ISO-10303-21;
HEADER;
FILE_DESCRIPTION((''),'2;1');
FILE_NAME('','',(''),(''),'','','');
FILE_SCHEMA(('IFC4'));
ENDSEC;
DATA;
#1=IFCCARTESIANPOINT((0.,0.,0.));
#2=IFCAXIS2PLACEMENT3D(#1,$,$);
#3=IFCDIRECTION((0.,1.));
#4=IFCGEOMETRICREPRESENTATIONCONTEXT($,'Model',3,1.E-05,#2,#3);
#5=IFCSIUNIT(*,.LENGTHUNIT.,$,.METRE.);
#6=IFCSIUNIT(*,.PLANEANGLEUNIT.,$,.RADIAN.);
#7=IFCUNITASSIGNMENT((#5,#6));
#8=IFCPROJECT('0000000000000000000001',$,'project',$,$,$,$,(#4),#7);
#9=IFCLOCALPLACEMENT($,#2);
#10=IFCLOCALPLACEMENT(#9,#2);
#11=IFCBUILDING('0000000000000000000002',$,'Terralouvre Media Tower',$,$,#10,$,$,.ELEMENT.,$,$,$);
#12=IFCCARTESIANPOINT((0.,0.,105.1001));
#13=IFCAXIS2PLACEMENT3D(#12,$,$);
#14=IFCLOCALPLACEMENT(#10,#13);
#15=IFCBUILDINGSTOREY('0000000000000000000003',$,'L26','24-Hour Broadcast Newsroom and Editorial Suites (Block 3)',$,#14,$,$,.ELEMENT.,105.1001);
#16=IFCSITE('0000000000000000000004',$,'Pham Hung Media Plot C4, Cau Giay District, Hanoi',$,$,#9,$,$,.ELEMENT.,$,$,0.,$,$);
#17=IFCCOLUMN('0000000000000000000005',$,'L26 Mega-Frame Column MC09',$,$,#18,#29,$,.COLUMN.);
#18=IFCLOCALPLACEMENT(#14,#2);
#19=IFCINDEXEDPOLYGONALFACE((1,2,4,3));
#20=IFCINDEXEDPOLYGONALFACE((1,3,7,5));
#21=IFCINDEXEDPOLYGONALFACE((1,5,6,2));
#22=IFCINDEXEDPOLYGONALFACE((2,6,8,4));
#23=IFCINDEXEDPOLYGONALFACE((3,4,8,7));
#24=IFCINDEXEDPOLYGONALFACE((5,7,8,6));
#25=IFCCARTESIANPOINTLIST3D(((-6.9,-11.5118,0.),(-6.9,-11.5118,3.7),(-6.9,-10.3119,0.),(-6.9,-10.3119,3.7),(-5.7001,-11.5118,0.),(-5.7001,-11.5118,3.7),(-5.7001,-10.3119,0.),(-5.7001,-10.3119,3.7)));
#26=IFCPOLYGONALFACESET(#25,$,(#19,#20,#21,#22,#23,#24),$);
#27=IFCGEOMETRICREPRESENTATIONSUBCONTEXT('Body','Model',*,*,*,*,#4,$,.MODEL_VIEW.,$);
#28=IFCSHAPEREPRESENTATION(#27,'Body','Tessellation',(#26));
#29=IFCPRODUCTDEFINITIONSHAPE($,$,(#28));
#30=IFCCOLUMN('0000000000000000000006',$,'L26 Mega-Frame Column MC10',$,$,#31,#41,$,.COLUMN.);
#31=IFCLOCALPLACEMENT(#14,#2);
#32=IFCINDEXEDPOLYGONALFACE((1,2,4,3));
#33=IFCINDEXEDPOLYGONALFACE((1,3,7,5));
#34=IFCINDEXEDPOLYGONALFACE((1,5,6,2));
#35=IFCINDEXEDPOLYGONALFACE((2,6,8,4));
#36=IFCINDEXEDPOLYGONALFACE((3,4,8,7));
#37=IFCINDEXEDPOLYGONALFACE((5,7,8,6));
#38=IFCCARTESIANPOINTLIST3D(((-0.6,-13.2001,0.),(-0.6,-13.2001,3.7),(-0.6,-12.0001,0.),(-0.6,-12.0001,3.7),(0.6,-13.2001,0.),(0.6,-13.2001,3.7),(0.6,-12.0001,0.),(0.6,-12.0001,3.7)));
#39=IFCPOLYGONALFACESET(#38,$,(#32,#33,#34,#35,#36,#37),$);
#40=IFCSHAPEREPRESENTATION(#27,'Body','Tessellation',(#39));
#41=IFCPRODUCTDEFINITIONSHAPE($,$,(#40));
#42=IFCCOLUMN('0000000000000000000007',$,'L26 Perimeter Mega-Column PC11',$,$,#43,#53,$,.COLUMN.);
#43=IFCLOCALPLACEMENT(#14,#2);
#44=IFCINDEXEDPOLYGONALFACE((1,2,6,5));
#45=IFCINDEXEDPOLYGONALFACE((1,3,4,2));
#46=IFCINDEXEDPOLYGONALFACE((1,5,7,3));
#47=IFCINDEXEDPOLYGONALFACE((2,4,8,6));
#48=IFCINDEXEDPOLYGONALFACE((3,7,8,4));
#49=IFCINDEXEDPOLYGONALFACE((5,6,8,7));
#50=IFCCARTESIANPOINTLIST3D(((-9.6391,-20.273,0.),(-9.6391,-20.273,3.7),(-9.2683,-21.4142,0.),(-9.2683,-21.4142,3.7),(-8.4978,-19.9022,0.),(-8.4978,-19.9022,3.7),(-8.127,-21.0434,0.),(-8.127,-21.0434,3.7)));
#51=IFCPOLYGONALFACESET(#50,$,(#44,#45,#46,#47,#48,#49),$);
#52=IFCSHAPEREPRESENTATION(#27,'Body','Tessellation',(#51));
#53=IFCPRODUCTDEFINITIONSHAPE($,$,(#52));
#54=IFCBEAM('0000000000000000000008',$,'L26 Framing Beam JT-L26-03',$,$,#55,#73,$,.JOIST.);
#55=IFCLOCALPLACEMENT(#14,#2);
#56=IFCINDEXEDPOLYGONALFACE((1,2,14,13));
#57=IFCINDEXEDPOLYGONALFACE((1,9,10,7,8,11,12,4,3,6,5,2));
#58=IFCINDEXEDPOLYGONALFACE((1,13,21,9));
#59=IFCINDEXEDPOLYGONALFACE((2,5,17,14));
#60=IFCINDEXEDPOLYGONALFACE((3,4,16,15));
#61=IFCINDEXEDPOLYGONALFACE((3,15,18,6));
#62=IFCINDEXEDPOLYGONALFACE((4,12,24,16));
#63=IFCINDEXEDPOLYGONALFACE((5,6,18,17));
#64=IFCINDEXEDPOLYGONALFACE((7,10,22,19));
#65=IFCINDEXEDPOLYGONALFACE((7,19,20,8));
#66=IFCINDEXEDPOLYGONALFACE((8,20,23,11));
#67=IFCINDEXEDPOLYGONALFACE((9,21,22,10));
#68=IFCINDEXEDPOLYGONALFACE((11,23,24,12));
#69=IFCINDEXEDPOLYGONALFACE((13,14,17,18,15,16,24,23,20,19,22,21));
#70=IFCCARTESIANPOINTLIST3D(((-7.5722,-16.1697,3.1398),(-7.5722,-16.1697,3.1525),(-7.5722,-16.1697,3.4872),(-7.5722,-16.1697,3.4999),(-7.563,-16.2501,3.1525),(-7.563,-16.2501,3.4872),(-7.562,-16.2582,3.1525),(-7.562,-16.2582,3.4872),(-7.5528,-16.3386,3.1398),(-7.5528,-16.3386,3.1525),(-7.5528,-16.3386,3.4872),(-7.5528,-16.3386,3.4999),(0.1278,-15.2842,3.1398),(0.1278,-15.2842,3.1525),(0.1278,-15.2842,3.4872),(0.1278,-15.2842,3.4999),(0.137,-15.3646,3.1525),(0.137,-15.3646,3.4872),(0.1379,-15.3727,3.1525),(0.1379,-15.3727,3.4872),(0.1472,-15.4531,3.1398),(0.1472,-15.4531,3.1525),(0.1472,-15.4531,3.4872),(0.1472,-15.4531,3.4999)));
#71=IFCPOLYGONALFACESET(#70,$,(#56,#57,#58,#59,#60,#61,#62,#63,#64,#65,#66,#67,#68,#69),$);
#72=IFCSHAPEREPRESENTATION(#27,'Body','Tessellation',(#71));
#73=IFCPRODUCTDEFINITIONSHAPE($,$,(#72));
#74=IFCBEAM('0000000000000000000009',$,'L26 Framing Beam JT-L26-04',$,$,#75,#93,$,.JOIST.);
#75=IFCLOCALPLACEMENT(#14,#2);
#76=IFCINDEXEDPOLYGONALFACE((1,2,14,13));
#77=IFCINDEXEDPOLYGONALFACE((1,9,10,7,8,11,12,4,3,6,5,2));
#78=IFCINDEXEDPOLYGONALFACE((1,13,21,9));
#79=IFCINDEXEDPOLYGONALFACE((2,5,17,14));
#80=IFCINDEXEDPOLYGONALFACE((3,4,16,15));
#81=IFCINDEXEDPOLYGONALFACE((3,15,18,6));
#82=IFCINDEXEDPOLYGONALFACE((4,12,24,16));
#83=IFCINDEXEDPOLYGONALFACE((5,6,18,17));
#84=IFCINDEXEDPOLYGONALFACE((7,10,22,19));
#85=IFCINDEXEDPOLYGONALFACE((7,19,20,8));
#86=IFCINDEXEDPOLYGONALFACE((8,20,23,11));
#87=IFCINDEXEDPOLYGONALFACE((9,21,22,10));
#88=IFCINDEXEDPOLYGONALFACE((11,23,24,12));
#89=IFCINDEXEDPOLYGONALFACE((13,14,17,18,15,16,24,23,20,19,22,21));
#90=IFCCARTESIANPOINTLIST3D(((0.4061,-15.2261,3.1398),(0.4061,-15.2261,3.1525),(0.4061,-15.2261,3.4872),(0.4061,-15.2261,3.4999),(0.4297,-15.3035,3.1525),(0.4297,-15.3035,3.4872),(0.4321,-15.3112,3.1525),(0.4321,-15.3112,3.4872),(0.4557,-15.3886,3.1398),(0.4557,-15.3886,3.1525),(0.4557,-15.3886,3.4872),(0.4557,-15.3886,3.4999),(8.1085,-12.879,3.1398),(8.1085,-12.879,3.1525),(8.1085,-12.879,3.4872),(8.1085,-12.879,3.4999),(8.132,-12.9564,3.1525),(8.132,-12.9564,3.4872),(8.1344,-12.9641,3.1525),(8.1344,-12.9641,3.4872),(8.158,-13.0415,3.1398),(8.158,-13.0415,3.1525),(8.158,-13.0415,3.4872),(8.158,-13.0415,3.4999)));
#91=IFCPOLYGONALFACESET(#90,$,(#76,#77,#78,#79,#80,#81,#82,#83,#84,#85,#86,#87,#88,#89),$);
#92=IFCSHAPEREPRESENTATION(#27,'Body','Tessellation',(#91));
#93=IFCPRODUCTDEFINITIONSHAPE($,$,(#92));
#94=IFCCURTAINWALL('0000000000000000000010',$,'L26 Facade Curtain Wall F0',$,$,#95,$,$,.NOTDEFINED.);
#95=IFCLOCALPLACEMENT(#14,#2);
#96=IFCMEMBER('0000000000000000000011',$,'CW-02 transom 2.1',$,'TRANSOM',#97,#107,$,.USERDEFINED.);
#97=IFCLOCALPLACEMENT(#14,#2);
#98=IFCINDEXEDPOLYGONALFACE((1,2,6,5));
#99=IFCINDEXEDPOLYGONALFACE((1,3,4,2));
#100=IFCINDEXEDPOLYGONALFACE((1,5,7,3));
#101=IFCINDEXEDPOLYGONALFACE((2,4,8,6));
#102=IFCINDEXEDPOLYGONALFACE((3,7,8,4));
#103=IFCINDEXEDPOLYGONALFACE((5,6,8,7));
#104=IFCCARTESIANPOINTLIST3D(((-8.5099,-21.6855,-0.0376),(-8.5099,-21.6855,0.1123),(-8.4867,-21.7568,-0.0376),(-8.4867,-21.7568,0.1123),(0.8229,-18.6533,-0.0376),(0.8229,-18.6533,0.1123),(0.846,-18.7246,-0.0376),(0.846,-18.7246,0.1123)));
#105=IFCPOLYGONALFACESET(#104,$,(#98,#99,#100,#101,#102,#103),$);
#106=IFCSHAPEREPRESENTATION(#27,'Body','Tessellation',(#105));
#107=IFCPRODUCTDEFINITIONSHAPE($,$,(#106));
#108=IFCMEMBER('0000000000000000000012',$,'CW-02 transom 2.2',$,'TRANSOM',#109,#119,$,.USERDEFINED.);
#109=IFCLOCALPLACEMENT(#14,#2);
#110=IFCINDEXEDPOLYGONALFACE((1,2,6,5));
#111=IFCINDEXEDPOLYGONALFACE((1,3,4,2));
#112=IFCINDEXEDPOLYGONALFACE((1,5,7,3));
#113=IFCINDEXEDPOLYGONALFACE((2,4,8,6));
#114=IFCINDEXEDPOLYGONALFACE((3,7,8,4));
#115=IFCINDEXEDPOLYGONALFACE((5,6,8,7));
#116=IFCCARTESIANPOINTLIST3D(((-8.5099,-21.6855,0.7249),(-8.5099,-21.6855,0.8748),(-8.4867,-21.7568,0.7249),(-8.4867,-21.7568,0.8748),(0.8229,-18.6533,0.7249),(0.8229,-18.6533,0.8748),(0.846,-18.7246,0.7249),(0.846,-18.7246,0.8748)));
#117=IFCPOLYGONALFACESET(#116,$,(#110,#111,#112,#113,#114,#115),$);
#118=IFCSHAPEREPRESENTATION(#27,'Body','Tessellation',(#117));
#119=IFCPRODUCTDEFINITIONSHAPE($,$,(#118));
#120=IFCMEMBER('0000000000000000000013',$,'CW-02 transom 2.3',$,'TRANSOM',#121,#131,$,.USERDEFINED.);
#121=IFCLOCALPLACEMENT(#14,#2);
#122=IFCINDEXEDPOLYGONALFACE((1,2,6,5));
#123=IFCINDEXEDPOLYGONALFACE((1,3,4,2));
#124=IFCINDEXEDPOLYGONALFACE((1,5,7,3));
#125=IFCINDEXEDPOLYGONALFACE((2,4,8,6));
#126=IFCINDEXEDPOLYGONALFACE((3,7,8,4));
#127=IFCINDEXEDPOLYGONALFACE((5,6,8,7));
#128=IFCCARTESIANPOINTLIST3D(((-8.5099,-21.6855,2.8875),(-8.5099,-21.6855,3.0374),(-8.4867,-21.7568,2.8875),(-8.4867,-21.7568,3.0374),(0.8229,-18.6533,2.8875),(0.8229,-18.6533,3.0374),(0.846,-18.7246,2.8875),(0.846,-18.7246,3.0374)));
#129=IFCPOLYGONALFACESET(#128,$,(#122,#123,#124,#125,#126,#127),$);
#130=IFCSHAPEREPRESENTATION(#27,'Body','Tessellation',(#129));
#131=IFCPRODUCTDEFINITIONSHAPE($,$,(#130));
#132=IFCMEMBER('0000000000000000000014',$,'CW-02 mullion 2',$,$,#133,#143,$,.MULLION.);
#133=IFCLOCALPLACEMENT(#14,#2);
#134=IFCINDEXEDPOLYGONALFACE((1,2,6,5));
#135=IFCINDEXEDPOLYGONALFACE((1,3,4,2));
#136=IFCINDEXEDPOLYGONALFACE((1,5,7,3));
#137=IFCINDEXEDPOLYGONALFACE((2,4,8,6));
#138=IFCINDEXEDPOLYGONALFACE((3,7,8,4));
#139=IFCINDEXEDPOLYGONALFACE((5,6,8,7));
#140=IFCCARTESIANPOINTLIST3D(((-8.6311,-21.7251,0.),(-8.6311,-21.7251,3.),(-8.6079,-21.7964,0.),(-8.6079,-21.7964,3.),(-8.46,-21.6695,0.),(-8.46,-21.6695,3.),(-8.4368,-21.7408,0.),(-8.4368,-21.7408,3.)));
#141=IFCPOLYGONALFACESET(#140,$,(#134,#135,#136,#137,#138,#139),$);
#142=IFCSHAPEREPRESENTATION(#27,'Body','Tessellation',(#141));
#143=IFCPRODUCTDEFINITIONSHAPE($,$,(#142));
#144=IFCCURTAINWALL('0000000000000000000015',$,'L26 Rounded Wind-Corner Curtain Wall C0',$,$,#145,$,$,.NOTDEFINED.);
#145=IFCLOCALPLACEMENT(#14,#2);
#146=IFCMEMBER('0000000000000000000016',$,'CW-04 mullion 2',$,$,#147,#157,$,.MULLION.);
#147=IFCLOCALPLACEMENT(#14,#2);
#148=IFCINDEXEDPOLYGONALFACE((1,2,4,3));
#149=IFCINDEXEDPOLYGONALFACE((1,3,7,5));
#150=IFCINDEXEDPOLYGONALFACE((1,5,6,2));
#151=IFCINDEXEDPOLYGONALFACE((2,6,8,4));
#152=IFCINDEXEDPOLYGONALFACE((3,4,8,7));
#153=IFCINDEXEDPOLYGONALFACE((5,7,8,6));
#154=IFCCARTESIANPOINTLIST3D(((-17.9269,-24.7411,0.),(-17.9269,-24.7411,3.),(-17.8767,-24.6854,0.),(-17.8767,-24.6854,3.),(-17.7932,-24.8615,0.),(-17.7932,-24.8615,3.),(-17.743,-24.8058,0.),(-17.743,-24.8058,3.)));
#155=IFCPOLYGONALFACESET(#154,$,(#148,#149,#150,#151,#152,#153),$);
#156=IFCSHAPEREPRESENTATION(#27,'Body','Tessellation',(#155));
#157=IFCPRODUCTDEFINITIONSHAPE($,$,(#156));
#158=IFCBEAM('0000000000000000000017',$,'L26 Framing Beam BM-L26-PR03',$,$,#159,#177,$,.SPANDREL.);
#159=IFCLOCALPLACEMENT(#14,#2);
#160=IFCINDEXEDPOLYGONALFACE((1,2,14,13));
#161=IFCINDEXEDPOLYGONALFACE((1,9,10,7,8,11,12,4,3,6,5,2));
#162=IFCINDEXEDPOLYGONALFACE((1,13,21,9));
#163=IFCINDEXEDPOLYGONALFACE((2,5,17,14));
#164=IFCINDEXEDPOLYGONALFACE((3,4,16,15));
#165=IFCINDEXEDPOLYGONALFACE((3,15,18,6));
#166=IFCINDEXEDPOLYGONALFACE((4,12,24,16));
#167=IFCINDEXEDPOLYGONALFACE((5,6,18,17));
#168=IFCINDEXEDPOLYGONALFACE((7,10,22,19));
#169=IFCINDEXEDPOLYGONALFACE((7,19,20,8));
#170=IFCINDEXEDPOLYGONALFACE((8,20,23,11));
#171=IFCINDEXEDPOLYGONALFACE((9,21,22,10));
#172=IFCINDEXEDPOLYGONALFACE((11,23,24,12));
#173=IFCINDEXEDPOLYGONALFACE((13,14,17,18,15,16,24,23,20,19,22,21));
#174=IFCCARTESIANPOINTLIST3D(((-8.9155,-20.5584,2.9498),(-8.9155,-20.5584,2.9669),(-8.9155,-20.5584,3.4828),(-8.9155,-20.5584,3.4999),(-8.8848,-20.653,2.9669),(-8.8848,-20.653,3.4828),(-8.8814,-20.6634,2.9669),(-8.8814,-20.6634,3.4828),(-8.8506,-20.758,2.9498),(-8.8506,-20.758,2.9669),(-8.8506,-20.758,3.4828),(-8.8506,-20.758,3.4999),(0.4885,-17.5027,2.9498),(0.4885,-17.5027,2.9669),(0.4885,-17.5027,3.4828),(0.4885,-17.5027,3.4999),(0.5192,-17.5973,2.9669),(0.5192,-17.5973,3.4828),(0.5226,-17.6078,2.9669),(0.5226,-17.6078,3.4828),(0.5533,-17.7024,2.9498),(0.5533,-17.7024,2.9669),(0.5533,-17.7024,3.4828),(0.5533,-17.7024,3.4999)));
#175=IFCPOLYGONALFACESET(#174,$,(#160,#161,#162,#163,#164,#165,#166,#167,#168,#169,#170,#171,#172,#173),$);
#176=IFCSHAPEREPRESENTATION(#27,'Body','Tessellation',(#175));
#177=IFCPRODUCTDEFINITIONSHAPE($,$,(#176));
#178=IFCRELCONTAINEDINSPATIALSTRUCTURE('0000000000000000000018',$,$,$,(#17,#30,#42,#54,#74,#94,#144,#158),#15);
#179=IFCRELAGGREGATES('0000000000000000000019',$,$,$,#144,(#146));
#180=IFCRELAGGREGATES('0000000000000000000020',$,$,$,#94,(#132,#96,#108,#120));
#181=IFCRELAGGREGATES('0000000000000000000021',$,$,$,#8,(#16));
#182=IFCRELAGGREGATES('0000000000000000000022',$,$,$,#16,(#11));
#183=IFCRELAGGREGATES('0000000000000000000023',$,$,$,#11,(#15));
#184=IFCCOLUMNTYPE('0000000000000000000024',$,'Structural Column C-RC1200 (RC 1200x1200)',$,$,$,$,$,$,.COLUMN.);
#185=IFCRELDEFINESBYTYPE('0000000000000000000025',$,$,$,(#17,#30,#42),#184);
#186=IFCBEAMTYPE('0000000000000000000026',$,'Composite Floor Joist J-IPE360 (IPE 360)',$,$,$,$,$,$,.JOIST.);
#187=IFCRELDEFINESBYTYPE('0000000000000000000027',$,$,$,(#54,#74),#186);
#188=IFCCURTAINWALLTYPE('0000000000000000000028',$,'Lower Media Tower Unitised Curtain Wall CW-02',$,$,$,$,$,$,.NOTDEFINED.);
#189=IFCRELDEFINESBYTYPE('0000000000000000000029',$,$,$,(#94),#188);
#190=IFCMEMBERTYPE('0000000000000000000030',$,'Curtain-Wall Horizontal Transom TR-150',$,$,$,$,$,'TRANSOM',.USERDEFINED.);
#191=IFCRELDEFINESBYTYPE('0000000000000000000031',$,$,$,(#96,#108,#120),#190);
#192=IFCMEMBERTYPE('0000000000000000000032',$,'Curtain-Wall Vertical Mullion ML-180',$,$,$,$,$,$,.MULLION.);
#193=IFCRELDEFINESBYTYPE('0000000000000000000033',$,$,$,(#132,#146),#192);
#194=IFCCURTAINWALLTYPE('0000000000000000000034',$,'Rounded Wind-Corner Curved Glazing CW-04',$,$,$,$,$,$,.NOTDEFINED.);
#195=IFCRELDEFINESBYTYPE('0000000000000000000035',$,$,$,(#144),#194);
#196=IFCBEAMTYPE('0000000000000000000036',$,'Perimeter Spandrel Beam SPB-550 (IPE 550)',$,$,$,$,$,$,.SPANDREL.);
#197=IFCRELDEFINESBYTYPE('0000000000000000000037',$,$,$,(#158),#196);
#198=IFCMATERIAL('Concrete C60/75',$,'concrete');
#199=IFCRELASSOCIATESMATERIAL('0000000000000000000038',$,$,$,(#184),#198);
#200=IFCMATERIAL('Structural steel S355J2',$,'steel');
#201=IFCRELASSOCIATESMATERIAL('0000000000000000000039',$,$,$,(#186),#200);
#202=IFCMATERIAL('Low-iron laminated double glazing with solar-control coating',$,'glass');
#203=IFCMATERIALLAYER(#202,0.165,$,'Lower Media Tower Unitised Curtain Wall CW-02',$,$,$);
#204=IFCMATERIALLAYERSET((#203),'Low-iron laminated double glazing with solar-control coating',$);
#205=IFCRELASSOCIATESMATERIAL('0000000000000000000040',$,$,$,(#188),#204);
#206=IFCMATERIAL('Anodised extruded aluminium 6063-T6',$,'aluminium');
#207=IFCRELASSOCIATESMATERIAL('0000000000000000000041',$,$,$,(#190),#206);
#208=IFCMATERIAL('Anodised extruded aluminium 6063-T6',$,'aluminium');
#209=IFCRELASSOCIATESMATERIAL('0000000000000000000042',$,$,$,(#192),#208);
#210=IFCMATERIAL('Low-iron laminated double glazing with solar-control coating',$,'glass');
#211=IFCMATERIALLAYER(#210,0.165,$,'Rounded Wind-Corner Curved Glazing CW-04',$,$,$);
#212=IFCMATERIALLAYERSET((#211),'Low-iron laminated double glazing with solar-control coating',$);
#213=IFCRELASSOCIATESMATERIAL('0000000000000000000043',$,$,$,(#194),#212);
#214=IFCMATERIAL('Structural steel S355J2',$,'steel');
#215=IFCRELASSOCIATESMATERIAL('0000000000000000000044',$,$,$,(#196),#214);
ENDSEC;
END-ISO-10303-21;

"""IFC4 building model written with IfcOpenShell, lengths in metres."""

from ifc_helpers import new_model, si_unit, direction, frame, origin, origin_2d, place, context, subcontext, project, spatial, rectangle, i_section, extrude, material, layer, layer_set, material_profile, profile_set, type_object, element, aggregate, save


model = new_model("IFC4")

# Units and contexts
model_context = context("Model", 3, precision=1e-05, world=origin(), true_north=direction((0.0, 1.0)))
body_context = subcontext(model_context, "Body", "Model", "MODEL_VIEW")
ifc_project = project(units=[si_unit("LENGTHUNIT", "METRE"), si_unit("PLANEANGLEUNIT", "RADIAN")], contexts=[model_context])

# Site, building, storey
site_placement = place(None, origin())
site = spatial("IfcSite", under=ifc_project, at=site_placement, Name="Pham Hung Media Plot C4, Cau Giay District, Hanoi", CompositionType="ELEMENT", RefElevation=0.0)
building_placement = place(site_placement, origin())
building = spatial("IfcBuilding", under=site, at=building_placement, Name="Terralouvre Media Tower", CompositionType="ELEMENT")
storey_placement = place(building_placement, frame((0.0, 0.0, 105.1001)))
storey = spatial("IfcBuildingStorey", under=building, at=storey_placement, Name="L26", Description="24-Hour Broadcast Newsroom and Editorial Suites (Block 3)", CompositionType="ELEMENT", Elevation=105.1001)

# Columns
ifc_material_1 = material(Name="Concrete C60/75", Category="concrete")
ifc_material_profile_1 = material_profile(ifc_material_1, rectangle(XDim=1.2, YDim=1.2, at=origin_2d()), Name="RC 1200x1200")
ifc_profile_set_1 = profile_set([ifc_material_profile_1], Name="Concrete C60/75")
column_type = type_object("IfcColumnType", Name="Structural Column C-RC1200 (RC 1200x1200)", PredefinedType="COLUMN", material=ifc_profile_set_1)
for number, where, z_axis, x_axis, name in (
    (1, (-6.3, -10.9119, 0.0), (0.0, 0.0, 1.0), (1.0, 0.0, 0.0), "L26 Mega-Frame Column MC09"),
    (2, (0.0, -12.6001, 0.0), (0.0, 0.0, 1.0), (1.0, 0.0, 0.0), "L26 Mega-Frame Column MC10"),
    (3, (-8.8831, -20.6582, 0.0), (0.0, 0.0, 1.0), (0.951057, 0.309017, 0.0), "L26 Perimeter Mega-Column PC11"),
):
    element("IfcColumn", number, at=place(storey_placement, frame(where, z_axis=z_axis, x_axis=x_axis)), inside=storey, type_object=column_type, Name=name, PredefinedType="COLUMN", context=body_context, shape_type="SweptSolid", body=[
        extrude(rectangle(XDim=1.2, YDim=1.2, at=origin_2d()), origin(), (0.0, 0.0, 1.0), 3.7),
    ])

# Beams
ifc_material_2 = material(Name="Structural steel S355J2", Category="steel")
ifc_material_profile_2 = material_profile(ifc_material_2, i_section(OverallWidth=0.1699, OverallDepth=0.3601, WebThickness=0.0081, FlangeThickness=0.0127, at=origin_2d()), Name="IPE 360")
ifc_profile_set_2 = profile_set([ifc_material_profile_2], Name="Structural steel S355J2")
beam_type_1 = type_object("IfcBeamType", Name="Composite Floor Joist J-IPE360 (IPE 360)", PredefinedType="JOIST", material=ifc_profile_set_2)
beam_1_placement = place(storey_placement, frame((-7.5625, -16.2542, 3.3198), z_axis=(0.993452, 0.114247, 0.0), x_axis=(-0.114247, 0.993452, 0.0)))
element("IfcBeam", 4, at=beam_1_placement, inside=storey, type_object=beam_type_1, Name="L26 Framing Beam JT-L26-03", PredefinedType="JOIST", context=body_context, shape_type="SweptSolid", body=[
    extrude(i_section(OverallWidth=0.1699, OverallDepth=0.3601, WebThickness=0.0081, FlangeThickness=0.0127, at=origin_2d()), origin(), (0.0, 0.0, 1.0), 7.7507),
])
beam_2_placement = place(storey_placement, frame((0.4309, -15.3074, 3.3198), z_axis=(0.956571, 0.291498, 0.0), x_axis=(-0.291498, 0.956571, 0.0)))
element("IfcBeam", 5, at=beam_2_placement, inside=storey, type_object=beam_type_1, Name="L26 Framing Beam JT-L26-04", PredefinedType="JOIST", context=body_context, shape_type="SweptSolid", body=[
    extrude(i_section(OverallWidth=0.1699, OverallDepth=0.3601, WebThickness=0.0081, FlangeThickness=0.0127, at=origin_2d()), origin(), (0.0, 0.0, 1.0), 8.052),
])

# Curtain wall, members
ifc_material_3 = material(Name="Low-iron laminated double glazing with solar-control coating", Category="glass")
ifc_layer_1 = layer(ifc_material_3, 0.165, Name="Lower Media Tower Unitised Curtain Wall CW-02")
ifc_layer_set_1 = layer_set([ifc_layer_1], Name="Low-iron laminated double glazing with solar-control coating")
curtain_wall_type_1 = type_object("IfcCurtainWallType", Name="Lower Media Tower Unitised Curtain Wall CW-02", PredefinedType="NOTDEFINED", material=ifc_layer_set_1)
curtain_wall_1_placement = place(storey_placement, origin())
curtain_wall_1 = element("IfcCurtainWall", 6, at=curtain_wall_1_placement, inside=storey, type_object=curtain_wall_type_1, Name="L26 Facade Curtain Wall F0", PredefinedType="NOTDEFINED")
ifc_material_4 = material(Name="Anodised extruded aluminium 6063-T6", Category="aluminium")
ifc_material_profile_3 = material_profile(ifc_material_4, rectangle(XDim=0.075, YDim=0.1499, at=origin_2d()), Name="ALU 75x150")
ifc_profile_set_3 = profile_set([ifc_material_profile_3], Name="Anodised extruded aluminium 6063-T6")
member_type_1 = type_object("IfcMemberType", Name="Curtain-Wall Horizontal Transom TR-150", ElementType="TRANSOM", PredefinedType="USERDEFINED", material=ifc_profile_set_3)
member_1_placement = place(storey_placement, frame((-8.4983, -21.7212, 0.0374), z_axis=(0.951062, 0.309001, 0.0), x_axis=(-0.309001, 0.951062, 0.0)))
member_1 = element("IfcMember", 7, at=member_1_placement, type_object=member_type_1, Name="CW-02 transom 2.1", ObjectType="TRANSOM", PredefinedType="USERDEFINED", context=body_context, shape_type="SweptSolid", body=[
    extrude(rectangle(XDim=0.075, YDim=0.1499, at=origin_2d()), origin(), (0.0, 0.0, 1.0), 9.813),
])
member_2_placement = place(storey_placement, frame((-8.4983, -21.7212, 0.7998), z_axis=(0.951062, 0.309001, 0.0), x_axis=(-0.309001, 0.951062, 0.0)))
member_2 = element("IfcMember", 8, at=member_2_placement, type_object=member_type_1, Name="CW-02 transom 2.2", ObjectType="TRANSOM", PredefinedType="USERDEFINED", context=body_context, shape_type="SweptSolid", body=[
    extrude(rectangle(XDim=0.075, YDim=0.1499, at=origin_2d()), origin(), (0.0, 0.0, 1.0), 9.813),
])
member_3_placement = place(storey_placement, frame((-8.4983, -21.7212, 2.9624), z_axis=(0.951062, 0.309001, 0.0), x_axis=(-0.309001, 0.951062, 0.0)))
member_3 = element("IfcMember", 9, at=member_3_placement, type_object=member_type_1, Name="CW-02 transom 2.3", ObjectType="TRANSOM", PredefinedType="USERDEFINED", context=body_context, shape_type="SweptSolid", body=[
    extrude(rectangle(XDim=0.075, YDim=0.1499, at=origin_2d()), origin(), (0.0, 0.0, 1.0), 9.813),
])
ifc_material_5 = material(Name="Anodised extruded aluminium 6063-T6", Category="aluminium")
ifc_material_profile_4 = material_profile(ifc_material_5, rectangle(XDim=0.075, YDim=0.1799, at=origin_2d()), Name="ALU 75x180")
ifc_profile_set_4 = profile_set([ifc_material_profile_4], Name="Anodised extruded aluminium 6063-T6")
member_type_2 = type_object("IfcMemberType", Name="Curtain-Wall Vertical Mullion ML-180", PredefinedType="MULLION", material=ifc_profile_set_4)
member_4_placement = place(storey_placement, frame((-8.5339, -21.7329, 0.0), z_axis=(0.0, 0.0, 1.0), x_axis=(-0.309017, 0.951057, 0.0)))
member_4 = element("IfcMember", 10, at=member_4_placement, type_object=member_type_2, Name="CW-02 mullion 2", PredefinedType="MULLION", context=body_context, shape_type="SweptSolid", body=[
    extrude(rectangle(XDim=0.075, YDim=0.1799, at=origin_2d()), origin(), (0.0, 0.0, 1.0), 3.0),
])

# Curtain wall, member
ifc_material_6 = material(Name="Low-iron laminated double glazing with solar-control coating", Category="glass")
ifc_layer_2 = layer(ifc_material_6, 0.165, Name="Rounded Wind-Corner Curved Glazing CW-04")
ifc_layer_set_2 = layer_set([ifc_layer_2], Name="Low-iron laminated double glazing with solar-control coating")
curtain_wall_type_2 = type_object("IfcCurtainWallType", Name="Rounded Wind-Corner Curved Glazing CW-04", PredefinedType="NOTDEFINED", material=ifc_layer_set_2)
curtain_wall_2_placement = place(storey_placement, origin())
curtain_wall_2 = element("IfcCurtainWall", 11, at=curtain_wall_2_placement, inside=storey, type_object=curtain_wall_type_2, Name="L26 Rounded Wind-Corner Curtain Wall C0", PredefinedType="NOTDEFINED")
member_5_placement = place(storey_placement, frame((-17.835, -24.7734, 0.0), z_axis=(0.0, 0.0, 1.0), x_axis=(0.669131, 0.743145, 0.0)))
member_5 = element("IfcMember", 12, at=member_5_placement, type_object=member_type_2, Name="CW-04 mullion 2", PredefinedType="MULLION", context=body_context, shape_type="SweptSolid", body=[
    extrude(rectangle(XDim=0.075, YDim=0.1799, at=origin_2d()), origin(), (0.0, 0.0, 1.0), 3.0),
])
aggregate(curtain_wall_2, [member_5])

# Beam
ifc_material_7 = material(Name="Structural steel S355J2", Category="steel")
ifc_material_profile_5 = material_profile(ifc_material_7, i_section(OverallWidth=0.21, OverallDepth=0.55, WebThickness=0.011, FlangeThickness=0.0171, at=origin_2d()), Name="IPE 550")
ifc_profile_set_5 = profile_set([ifc_material_profile_5], Name="Structural steel S355J2")
beam_type_2 = type_object("IfcBeamType", Name="Perimeter Spandrel Beam SPB-550 (IPE 550)", PredefinedType="SPANDREL", material=ifc_profile_set_5)
beam_3_placement = place(storey_placement, frame((-8.8831, -20.6582, 3.2249), z_axis=(0.951053, 0.309026, 0.0), x_axis=(-0.309026, 0.951053, 0.0)))
element("IfcBeam", 13, at=beam_3_placement, inside=storey, type_object=beam_type_2, Name="L26 Framing Beam BM-L26-PR03", PredefinedType="SPANDREL", context=body_context, shape_type="SweptSolid", body=[
    extrude(i_section(OverallWidth=0.21, OverallDepth=0.55, WebThickness=0.011, FlangeThickness=0.0171, at=origin_2d()), origin(), (0.0, 0.0, 1.0), 9.8879),
])

aggregate(curtain_wall_1, [member_4, member_1, member_2, member_3])

save(model, "model.ifc")
